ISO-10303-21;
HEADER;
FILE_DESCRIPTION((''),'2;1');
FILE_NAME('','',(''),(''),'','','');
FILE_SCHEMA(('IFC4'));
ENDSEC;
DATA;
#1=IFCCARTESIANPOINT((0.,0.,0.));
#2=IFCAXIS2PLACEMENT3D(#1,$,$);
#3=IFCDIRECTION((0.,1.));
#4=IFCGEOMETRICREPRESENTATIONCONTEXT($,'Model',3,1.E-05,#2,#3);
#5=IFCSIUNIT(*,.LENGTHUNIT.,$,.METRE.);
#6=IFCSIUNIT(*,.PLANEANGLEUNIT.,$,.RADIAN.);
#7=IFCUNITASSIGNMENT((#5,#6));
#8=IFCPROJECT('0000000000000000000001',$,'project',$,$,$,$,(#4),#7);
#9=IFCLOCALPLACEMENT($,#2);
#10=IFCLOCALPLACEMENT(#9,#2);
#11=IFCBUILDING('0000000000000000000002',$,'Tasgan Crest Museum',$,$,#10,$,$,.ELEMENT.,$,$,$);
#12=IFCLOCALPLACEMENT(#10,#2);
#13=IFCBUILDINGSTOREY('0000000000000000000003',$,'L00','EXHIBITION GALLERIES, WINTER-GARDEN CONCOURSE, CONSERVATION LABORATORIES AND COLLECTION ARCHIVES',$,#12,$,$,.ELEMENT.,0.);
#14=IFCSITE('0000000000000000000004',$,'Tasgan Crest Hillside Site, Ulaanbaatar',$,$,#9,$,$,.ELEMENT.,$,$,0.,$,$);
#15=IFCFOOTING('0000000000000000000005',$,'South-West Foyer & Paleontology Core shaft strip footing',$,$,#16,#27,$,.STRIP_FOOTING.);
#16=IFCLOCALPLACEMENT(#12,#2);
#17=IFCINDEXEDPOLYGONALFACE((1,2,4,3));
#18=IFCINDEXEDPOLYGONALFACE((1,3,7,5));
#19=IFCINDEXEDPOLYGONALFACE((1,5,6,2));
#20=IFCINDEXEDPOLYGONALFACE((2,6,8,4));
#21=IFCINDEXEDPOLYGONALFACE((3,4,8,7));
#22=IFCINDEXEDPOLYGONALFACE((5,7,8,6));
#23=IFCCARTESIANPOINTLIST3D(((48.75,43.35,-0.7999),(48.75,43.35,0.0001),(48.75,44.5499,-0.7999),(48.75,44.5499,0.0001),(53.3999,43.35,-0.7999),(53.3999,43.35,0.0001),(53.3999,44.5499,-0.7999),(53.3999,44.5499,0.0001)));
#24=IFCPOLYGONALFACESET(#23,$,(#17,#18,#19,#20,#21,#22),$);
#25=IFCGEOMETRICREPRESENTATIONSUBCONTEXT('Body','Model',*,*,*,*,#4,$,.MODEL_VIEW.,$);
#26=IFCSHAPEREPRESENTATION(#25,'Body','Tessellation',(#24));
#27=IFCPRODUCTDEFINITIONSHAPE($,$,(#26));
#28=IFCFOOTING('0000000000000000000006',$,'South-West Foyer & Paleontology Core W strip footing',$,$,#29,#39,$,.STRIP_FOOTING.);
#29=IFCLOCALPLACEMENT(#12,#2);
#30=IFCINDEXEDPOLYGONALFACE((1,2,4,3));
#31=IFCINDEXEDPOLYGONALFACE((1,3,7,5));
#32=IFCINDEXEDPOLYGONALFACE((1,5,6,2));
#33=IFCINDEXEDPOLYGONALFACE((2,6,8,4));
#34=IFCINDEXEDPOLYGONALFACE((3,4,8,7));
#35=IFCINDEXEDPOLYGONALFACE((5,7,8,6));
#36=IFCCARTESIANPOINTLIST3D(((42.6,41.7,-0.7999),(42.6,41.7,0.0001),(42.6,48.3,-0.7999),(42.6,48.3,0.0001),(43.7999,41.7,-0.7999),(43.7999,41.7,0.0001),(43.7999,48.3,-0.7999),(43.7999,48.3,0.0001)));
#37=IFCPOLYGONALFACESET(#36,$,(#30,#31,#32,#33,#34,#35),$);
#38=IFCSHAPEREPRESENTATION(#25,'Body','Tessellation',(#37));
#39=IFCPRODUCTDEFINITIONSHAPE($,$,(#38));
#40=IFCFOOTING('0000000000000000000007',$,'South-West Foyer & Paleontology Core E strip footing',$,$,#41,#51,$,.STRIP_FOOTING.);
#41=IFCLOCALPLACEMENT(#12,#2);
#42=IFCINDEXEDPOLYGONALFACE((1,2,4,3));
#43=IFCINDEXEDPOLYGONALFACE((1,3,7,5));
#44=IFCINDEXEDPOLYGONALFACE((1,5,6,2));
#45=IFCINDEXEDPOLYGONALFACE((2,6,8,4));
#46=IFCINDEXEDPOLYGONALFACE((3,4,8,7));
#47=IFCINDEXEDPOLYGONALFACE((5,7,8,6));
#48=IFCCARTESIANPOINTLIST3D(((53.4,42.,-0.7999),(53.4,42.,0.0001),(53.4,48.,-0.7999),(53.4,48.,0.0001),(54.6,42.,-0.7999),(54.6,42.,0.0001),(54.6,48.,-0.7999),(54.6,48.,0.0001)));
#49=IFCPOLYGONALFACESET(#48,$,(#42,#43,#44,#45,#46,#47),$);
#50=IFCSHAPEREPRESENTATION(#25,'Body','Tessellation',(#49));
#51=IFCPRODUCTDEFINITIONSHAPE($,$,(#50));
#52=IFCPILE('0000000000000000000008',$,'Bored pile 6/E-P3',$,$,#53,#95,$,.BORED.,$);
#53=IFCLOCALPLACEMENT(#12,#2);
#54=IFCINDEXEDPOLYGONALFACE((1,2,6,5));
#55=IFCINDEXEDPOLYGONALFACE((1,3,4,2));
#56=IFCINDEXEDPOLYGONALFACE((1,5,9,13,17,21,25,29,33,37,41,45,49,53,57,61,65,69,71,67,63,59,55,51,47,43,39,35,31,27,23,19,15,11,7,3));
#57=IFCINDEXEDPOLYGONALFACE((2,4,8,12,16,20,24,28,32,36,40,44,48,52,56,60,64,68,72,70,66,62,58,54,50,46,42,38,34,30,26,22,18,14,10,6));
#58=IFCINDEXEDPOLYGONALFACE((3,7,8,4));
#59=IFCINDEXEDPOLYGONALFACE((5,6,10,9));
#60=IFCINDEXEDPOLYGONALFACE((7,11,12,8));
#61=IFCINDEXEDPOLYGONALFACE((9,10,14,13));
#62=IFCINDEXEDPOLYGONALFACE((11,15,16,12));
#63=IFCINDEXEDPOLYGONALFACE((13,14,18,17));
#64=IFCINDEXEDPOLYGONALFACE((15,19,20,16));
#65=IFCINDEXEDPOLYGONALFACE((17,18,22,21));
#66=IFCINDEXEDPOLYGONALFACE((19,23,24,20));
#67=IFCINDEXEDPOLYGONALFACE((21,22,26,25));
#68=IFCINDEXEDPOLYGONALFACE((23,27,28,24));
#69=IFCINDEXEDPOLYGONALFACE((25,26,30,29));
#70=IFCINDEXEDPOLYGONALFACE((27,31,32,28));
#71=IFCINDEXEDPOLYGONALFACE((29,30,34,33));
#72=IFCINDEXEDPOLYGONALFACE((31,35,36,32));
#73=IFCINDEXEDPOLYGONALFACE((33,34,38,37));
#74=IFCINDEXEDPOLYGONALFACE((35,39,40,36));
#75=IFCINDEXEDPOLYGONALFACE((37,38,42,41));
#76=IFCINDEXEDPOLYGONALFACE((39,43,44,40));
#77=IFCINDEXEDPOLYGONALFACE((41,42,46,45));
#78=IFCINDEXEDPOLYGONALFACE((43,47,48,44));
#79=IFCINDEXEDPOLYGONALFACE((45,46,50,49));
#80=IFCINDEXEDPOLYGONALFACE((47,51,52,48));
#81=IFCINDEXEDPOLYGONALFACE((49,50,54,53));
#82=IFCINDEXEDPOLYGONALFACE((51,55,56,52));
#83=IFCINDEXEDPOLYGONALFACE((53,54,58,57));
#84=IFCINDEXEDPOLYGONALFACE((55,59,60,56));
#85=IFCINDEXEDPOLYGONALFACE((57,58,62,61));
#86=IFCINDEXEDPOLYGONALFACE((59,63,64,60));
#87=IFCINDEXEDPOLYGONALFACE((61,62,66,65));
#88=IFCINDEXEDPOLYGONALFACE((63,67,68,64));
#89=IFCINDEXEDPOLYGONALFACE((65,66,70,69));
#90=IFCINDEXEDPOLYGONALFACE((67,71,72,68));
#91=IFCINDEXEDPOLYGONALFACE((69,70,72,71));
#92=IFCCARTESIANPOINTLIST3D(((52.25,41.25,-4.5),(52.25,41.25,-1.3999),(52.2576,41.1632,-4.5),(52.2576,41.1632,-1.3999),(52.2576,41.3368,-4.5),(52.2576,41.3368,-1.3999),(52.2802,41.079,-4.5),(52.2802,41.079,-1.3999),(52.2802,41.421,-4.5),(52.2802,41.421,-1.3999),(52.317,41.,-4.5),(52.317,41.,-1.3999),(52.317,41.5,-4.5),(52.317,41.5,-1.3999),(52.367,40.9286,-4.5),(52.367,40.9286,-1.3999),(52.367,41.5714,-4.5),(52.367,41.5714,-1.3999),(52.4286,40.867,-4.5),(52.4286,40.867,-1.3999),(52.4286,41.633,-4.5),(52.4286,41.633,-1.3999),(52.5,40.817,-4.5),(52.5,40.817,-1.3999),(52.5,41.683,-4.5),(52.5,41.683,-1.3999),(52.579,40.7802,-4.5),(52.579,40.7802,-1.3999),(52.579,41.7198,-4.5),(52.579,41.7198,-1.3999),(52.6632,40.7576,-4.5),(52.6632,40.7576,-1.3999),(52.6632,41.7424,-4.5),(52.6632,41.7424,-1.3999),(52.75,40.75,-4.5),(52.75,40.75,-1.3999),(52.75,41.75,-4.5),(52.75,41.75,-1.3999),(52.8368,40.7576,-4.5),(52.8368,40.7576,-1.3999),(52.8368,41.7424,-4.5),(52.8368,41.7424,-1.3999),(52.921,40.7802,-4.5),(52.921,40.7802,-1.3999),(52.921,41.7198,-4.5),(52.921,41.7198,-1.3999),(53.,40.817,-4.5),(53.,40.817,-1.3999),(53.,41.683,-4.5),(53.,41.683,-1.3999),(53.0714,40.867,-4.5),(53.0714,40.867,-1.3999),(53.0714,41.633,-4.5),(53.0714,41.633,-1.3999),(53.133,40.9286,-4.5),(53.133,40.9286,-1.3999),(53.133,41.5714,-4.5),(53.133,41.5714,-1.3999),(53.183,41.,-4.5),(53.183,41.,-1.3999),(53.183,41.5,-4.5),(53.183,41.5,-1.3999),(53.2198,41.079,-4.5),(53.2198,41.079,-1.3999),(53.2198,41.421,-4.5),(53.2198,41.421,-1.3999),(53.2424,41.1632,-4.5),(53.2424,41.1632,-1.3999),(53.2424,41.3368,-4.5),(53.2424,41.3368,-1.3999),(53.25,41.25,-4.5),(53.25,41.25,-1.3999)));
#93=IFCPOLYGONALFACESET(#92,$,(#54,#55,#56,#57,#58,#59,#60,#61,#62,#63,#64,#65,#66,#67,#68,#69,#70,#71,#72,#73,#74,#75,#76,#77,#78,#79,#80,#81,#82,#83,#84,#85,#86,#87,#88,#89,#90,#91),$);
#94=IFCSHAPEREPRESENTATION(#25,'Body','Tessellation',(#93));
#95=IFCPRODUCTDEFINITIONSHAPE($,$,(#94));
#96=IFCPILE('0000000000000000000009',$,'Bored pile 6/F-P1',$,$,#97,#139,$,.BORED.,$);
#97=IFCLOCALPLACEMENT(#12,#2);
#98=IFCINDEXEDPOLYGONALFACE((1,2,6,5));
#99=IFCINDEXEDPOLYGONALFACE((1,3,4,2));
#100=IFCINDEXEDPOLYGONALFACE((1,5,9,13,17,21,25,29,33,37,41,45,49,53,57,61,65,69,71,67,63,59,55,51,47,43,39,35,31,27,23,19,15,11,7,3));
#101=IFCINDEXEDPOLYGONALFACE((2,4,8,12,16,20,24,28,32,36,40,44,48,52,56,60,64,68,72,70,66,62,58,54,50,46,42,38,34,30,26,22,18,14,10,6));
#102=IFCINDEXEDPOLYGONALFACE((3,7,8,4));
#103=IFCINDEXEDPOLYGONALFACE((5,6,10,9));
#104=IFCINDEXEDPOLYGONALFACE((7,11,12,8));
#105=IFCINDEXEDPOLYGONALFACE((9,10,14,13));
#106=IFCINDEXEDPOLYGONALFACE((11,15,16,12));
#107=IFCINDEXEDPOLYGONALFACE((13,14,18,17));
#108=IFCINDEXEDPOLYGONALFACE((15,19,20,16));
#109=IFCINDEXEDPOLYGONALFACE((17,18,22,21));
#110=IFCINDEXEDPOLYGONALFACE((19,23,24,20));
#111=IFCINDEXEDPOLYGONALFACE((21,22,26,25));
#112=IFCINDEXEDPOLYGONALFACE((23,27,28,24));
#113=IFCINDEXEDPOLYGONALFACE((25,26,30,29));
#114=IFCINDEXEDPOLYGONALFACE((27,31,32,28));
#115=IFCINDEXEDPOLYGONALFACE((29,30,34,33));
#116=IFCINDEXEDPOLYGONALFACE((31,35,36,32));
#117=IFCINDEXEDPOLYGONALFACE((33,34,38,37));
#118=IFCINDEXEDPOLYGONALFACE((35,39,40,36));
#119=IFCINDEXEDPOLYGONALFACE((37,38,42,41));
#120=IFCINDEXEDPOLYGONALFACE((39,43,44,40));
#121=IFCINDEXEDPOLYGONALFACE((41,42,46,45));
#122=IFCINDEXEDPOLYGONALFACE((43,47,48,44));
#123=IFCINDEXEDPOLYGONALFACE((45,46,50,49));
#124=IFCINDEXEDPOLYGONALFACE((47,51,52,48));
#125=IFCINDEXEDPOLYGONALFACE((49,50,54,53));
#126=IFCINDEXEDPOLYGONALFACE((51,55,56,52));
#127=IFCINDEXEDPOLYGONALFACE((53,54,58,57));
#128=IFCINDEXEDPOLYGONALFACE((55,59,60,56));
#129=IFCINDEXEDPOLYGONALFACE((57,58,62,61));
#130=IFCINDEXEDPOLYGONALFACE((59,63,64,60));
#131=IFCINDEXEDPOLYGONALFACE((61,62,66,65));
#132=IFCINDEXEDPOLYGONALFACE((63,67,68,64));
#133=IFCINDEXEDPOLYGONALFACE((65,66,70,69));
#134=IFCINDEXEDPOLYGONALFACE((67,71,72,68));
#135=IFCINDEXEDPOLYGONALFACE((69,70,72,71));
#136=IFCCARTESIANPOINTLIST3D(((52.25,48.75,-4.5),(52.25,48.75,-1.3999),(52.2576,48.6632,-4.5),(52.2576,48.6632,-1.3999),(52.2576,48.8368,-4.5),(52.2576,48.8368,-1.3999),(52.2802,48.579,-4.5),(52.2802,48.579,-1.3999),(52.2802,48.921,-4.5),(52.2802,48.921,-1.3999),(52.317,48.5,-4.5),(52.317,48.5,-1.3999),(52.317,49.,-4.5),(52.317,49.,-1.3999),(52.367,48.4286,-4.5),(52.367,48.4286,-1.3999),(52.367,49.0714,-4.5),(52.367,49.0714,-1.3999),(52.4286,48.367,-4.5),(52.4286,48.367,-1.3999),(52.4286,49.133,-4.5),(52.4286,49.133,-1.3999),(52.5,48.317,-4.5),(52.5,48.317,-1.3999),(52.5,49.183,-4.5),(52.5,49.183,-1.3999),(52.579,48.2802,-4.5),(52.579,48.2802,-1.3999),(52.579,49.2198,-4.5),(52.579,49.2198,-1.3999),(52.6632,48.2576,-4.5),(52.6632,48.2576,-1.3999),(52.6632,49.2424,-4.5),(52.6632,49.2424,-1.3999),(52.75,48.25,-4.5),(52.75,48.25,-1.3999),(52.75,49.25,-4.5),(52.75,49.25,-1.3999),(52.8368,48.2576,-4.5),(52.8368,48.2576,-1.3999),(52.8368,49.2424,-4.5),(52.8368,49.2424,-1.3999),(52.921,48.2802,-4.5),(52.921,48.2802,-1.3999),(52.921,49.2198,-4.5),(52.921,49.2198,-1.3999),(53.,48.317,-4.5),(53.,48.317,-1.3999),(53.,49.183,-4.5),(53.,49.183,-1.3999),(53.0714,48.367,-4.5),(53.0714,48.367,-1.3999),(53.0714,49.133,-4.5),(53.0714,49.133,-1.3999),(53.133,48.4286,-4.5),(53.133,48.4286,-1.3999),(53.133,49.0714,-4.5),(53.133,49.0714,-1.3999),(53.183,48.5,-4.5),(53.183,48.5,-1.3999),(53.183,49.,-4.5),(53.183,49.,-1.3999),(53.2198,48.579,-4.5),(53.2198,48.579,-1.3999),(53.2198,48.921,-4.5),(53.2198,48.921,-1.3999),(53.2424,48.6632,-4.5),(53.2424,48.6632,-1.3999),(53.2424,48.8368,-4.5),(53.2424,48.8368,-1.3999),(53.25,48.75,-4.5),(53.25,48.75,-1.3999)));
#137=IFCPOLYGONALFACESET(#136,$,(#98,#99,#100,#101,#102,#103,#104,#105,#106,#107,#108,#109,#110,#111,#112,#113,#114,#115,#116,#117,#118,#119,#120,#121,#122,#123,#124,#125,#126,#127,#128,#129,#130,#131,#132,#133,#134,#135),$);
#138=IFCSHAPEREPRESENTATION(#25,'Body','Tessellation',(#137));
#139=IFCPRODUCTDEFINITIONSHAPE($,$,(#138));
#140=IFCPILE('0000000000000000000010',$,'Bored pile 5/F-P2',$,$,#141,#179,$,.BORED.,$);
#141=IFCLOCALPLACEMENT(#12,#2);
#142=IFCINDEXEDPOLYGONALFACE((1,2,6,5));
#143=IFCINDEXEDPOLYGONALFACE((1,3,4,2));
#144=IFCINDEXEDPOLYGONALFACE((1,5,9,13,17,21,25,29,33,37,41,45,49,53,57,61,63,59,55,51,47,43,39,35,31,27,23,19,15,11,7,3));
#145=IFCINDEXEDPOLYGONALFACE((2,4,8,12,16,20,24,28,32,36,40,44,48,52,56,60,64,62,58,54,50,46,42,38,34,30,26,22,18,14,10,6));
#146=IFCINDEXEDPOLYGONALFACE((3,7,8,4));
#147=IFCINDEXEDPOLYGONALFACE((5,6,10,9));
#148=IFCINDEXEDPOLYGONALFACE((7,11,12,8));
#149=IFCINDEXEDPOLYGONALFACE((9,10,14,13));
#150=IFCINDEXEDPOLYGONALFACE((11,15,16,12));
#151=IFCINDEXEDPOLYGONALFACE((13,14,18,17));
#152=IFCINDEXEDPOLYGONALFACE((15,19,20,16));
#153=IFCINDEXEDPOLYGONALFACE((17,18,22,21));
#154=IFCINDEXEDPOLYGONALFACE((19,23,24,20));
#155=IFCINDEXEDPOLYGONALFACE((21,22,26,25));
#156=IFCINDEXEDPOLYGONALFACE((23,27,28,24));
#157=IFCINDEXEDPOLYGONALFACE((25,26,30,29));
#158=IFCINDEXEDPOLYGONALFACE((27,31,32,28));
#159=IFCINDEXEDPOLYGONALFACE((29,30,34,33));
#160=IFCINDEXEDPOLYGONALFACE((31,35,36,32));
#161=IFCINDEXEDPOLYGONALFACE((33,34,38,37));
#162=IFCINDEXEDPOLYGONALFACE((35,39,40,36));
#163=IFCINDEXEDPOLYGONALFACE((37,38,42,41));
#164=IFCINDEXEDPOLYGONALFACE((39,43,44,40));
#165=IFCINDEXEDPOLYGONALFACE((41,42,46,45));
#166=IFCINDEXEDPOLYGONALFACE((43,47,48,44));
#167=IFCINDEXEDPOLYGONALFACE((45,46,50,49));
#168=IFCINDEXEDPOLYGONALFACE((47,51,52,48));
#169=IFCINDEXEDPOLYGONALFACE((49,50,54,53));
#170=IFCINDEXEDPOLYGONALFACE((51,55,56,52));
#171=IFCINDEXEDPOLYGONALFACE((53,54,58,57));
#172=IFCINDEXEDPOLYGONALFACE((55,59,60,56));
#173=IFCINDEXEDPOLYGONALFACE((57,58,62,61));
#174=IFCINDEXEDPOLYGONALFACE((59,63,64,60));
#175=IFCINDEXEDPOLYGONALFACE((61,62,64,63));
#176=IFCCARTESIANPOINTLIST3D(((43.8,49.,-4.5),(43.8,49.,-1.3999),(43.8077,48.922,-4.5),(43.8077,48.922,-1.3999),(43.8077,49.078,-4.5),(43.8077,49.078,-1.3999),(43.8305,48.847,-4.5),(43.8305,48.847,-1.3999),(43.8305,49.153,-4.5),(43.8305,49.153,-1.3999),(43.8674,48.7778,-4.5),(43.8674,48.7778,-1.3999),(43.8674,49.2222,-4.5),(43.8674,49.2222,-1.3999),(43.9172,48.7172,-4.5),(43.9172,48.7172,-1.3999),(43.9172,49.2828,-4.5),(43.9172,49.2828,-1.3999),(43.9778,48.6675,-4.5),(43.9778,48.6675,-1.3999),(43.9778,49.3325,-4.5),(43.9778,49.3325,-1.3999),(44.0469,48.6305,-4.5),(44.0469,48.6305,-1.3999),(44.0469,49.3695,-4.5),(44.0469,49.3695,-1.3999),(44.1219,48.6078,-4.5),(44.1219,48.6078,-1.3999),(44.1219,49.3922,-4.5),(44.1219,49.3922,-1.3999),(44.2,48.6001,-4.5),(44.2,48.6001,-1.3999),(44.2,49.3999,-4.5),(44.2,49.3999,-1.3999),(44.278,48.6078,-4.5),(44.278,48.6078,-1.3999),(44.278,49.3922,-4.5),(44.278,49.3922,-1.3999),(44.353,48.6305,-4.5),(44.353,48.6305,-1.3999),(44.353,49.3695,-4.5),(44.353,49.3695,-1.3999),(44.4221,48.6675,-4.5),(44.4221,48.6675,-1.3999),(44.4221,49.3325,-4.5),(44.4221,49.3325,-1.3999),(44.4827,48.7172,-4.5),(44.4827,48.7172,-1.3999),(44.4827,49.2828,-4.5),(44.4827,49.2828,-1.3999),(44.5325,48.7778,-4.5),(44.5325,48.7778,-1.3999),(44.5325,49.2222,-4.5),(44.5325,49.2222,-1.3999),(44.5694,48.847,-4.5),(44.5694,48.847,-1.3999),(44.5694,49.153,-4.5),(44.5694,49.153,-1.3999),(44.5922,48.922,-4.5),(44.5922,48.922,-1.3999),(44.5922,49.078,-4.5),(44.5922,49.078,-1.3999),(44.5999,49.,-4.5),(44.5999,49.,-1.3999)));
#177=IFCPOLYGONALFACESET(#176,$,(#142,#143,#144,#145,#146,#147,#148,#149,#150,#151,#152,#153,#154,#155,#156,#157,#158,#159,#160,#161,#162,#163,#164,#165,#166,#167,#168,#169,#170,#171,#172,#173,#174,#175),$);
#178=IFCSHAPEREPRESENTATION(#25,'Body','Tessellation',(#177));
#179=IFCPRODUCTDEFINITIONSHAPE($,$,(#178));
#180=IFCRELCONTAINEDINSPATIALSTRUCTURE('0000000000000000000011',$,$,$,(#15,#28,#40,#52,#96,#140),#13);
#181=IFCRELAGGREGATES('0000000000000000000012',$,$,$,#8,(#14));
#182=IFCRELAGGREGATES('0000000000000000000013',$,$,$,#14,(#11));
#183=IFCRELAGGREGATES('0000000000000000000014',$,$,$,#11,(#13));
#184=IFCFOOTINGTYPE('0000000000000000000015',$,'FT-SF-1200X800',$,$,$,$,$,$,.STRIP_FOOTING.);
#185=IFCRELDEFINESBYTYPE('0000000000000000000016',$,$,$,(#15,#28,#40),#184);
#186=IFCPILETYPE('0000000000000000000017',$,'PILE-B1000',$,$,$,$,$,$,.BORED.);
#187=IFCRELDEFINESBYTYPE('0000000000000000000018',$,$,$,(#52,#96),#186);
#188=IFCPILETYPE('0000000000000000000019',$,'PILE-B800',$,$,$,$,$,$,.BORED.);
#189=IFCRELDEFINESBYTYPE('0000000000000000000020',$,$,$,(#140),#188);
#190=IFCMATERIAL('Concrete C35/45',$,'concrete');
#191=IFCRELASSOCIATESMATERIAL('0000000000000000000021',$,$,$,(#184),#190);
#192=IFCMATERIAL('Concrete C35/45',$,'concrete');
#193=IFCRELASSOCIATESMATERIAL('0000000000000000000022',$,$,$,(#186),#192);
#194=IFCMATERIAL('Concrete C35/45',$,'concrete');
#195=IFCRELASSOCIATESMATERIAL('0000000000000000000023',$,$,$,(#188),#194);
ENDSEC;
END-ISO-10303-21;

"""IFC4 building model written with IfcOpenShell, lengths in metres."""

from ifc_helpers import new_model, si_unit, direction, frame, origin, origin_2d, place, context, subcontext, project, spatial, rectangle, circle, extrude, material, material_profile, profile_set, type_object, element, save


model = new_model("IFC4")

# Units and contexts
model_context = context("Model", 3, precision=1e-05, world=origin(), true_north=direction((0.0, 1.0)))
body_context = subcontext(model_context, "Body", "Model", "MODEL_VIEW")
ifc_project = project(units=[si_unit("LENGTHUNIT", "METRE"), si_unit("PLANEANGLEUNIT", "RADIAN")], contexts=[model_context])

# Site, building, storey
site_placement = place(None, origin())
site = spatial("IfcSite", under=ifc_project, at=site_placement, Name="Tasgan Crest Hillside Site, Ulaanbaatar", CompositionType="ELEMENT", RefElevation=0.0)
building_placement = place(site_placement, origin())
building = spatial("IfcBuilding", under=site, at=building_placement, Name="Tasgan Crest Museum", CompositionType="ELEMENT")
storey_placement = place(building_placement, origin())
storey = spatial("IfcBuildingStorey", under=building, at=storey_placement, Name="L00", Description="EXHIBITION GALLERIES, WINTER-GARDEN CONCOURSE, CONSERVATION LABORATORIES AND COLLECTION ARCHIVES", CompositionType="ELEMENT", Elevation=0.0)

# Footings
ifc_material_1 = material(Name="Concrete C35/45", Category="concrete")
ifc_material_profile_1 = material_profile(ifc_material_1, rectangle(XDim=1.2, YDim=0.8, at=origin_2d()), Name="SF 1200x800")
ifc_profile_set_1 = profile_set([ifc_material_profile_1], Name="Concrete C35/45")
footing_type = type_object("IfcFootingType", Name="FT-SF-1200X800", PredefinedType="STRIP_FOOTING", material=ifc_profile_set_1)
footing_1_placement = place(storey_placement, frame((48.75, 43.95, -0.3999), z_axis=(1.0, 0.0, 0.0), x_axis=(0.0, 1.0, 0.0)))
element("IfcFooting", 1, at=footing_1_placement, inside=storey, type_object=footing_type, Name="South-West Foyer & Paleontology Core shaft strip footing", PredefinedType="STRIP_FOOTING", context=body_context, shape_type="SweptSolid", body=[
    extrude(rectangle(XDim=1.2, YDim=0.8, at=origin_2d()), origin(), (0.0, 0.0, 1.0), 4.6499),
])
footing_2_placement = place(storey_placement, frame((43.2, 41.7, -0.3999), z_axis=(0.0, 1.0, 0.0), x_axis=(-1.0, 0.0, 0.0)))
element("IfcFooting", 2, at=footing_2_placement, inside=storey, type_object=footing_type, Name="South-West Foyer & Paleontology Core W strip footing", PredefinedType="STRIP_FOOTING", context=body_context, shape_type="SweptSolid", body=[
    extrude(rectangle(XDim=1.2, YDim=0.8, at=origin_2d()), origin(), (0.0, 0.0, 1.0), 6.6001),
])
footing_3_placement = place(storey_placement, frame((54.0, 42.0, -0.3999), z_axis=(0.0, 1.0, 0.0), x_axis=(-1.0, 0.0, 0.0)))
element("IfcFooting", 3, at=footing_3_placement, inside=storey, type_object=footing_type, Name="South-West Foyer & Paleontology Core E strip footing", PredefinedType="STRIP_FOOTING", context=body_context, shape_type="SweptSolid", body=[
    extrude(rectangle(XDim=1.2, YDim=0.8, at=origin_2d()), origin(), (0.0, 0.0, 1.0), 6.0),
])

# Piles
ifc_material_2 = material(Name="Concrete C35/45", Category="concrete")
ifc_material_profile_2 = material_profile(ifc_material_2, circle(Radius=0.5, at=origin_2d()), Name="PILE D1000")
ifc_profile_set_2 = profile_set([ifc_material_profile_2], Name="Concrete C35/45")
pile_type_1 = type_object("IfcPileType", Name="PILE-B1000", PredefinedType="BORED", material=ifc_profile_set_2)
for number, where, z_axis, x_axis, name in (
    (4, (52.75, 41.25, -1.3999), (0.0, 0.0, -1.0), (1.0, 0.0, 0.0), "Bored pile 6/E-P3"),
    (5, (52.75, 48.75, -1.3999), (0.0, 0.0, -1.0), (1.0, 0.0, 0.0), "Bored pile 6/F-P1"),
):
    element("IfcPile", number, at=place(storey_placement, frame(where, z_axis=z_axis, x_axis=x_axis)), inside=storey, type_object=pile_type_1, Name=name, PredefinedType="BORED", context=body_context, shape_type="SweptSolid", body=[
        extrude(circle(Radius=0.5, at=origin_2d()), origin(), (0.0, 0.0, 1.0), 3.1001),
    ])
ifc_material_3 = material(Name="Concrete C35/45", Category="concrete")
ifc_material_profile_3 = material_profile(ifc_material_3, circle(Radius=0.3999, at=origin_2d()), Name="PILE D800")
ifc_profile_set_3 = profile_set([ifc_material_profile_3], Name="Concrete C35/45")
pile_type_2 = type_object("IfcPileType", Name="PILE-B800", PredefinedType="BORED", material=ifc_profile_set_3)
pile_placement = place(storey_placement, frame((44.2, 49.0, -1.3999), z_axis=(0.0, 0.0, -1.0), x_axis=(1.0, 0.0, 0.0)))
element("IfcPile", 6, at=pile_placement, inside=storey, type_object=pile_type_2, Name="Bored pile 5/F-P2", PredefinedType="BORED", context=body_context, shape_type="SweptSolid", body=[
    extrude(circle(Radius=0.3999, at=origin_2d()), origin(), (0.0, 0.0, 1.0), 3.1001),
])

save(model, "model.ifc")
